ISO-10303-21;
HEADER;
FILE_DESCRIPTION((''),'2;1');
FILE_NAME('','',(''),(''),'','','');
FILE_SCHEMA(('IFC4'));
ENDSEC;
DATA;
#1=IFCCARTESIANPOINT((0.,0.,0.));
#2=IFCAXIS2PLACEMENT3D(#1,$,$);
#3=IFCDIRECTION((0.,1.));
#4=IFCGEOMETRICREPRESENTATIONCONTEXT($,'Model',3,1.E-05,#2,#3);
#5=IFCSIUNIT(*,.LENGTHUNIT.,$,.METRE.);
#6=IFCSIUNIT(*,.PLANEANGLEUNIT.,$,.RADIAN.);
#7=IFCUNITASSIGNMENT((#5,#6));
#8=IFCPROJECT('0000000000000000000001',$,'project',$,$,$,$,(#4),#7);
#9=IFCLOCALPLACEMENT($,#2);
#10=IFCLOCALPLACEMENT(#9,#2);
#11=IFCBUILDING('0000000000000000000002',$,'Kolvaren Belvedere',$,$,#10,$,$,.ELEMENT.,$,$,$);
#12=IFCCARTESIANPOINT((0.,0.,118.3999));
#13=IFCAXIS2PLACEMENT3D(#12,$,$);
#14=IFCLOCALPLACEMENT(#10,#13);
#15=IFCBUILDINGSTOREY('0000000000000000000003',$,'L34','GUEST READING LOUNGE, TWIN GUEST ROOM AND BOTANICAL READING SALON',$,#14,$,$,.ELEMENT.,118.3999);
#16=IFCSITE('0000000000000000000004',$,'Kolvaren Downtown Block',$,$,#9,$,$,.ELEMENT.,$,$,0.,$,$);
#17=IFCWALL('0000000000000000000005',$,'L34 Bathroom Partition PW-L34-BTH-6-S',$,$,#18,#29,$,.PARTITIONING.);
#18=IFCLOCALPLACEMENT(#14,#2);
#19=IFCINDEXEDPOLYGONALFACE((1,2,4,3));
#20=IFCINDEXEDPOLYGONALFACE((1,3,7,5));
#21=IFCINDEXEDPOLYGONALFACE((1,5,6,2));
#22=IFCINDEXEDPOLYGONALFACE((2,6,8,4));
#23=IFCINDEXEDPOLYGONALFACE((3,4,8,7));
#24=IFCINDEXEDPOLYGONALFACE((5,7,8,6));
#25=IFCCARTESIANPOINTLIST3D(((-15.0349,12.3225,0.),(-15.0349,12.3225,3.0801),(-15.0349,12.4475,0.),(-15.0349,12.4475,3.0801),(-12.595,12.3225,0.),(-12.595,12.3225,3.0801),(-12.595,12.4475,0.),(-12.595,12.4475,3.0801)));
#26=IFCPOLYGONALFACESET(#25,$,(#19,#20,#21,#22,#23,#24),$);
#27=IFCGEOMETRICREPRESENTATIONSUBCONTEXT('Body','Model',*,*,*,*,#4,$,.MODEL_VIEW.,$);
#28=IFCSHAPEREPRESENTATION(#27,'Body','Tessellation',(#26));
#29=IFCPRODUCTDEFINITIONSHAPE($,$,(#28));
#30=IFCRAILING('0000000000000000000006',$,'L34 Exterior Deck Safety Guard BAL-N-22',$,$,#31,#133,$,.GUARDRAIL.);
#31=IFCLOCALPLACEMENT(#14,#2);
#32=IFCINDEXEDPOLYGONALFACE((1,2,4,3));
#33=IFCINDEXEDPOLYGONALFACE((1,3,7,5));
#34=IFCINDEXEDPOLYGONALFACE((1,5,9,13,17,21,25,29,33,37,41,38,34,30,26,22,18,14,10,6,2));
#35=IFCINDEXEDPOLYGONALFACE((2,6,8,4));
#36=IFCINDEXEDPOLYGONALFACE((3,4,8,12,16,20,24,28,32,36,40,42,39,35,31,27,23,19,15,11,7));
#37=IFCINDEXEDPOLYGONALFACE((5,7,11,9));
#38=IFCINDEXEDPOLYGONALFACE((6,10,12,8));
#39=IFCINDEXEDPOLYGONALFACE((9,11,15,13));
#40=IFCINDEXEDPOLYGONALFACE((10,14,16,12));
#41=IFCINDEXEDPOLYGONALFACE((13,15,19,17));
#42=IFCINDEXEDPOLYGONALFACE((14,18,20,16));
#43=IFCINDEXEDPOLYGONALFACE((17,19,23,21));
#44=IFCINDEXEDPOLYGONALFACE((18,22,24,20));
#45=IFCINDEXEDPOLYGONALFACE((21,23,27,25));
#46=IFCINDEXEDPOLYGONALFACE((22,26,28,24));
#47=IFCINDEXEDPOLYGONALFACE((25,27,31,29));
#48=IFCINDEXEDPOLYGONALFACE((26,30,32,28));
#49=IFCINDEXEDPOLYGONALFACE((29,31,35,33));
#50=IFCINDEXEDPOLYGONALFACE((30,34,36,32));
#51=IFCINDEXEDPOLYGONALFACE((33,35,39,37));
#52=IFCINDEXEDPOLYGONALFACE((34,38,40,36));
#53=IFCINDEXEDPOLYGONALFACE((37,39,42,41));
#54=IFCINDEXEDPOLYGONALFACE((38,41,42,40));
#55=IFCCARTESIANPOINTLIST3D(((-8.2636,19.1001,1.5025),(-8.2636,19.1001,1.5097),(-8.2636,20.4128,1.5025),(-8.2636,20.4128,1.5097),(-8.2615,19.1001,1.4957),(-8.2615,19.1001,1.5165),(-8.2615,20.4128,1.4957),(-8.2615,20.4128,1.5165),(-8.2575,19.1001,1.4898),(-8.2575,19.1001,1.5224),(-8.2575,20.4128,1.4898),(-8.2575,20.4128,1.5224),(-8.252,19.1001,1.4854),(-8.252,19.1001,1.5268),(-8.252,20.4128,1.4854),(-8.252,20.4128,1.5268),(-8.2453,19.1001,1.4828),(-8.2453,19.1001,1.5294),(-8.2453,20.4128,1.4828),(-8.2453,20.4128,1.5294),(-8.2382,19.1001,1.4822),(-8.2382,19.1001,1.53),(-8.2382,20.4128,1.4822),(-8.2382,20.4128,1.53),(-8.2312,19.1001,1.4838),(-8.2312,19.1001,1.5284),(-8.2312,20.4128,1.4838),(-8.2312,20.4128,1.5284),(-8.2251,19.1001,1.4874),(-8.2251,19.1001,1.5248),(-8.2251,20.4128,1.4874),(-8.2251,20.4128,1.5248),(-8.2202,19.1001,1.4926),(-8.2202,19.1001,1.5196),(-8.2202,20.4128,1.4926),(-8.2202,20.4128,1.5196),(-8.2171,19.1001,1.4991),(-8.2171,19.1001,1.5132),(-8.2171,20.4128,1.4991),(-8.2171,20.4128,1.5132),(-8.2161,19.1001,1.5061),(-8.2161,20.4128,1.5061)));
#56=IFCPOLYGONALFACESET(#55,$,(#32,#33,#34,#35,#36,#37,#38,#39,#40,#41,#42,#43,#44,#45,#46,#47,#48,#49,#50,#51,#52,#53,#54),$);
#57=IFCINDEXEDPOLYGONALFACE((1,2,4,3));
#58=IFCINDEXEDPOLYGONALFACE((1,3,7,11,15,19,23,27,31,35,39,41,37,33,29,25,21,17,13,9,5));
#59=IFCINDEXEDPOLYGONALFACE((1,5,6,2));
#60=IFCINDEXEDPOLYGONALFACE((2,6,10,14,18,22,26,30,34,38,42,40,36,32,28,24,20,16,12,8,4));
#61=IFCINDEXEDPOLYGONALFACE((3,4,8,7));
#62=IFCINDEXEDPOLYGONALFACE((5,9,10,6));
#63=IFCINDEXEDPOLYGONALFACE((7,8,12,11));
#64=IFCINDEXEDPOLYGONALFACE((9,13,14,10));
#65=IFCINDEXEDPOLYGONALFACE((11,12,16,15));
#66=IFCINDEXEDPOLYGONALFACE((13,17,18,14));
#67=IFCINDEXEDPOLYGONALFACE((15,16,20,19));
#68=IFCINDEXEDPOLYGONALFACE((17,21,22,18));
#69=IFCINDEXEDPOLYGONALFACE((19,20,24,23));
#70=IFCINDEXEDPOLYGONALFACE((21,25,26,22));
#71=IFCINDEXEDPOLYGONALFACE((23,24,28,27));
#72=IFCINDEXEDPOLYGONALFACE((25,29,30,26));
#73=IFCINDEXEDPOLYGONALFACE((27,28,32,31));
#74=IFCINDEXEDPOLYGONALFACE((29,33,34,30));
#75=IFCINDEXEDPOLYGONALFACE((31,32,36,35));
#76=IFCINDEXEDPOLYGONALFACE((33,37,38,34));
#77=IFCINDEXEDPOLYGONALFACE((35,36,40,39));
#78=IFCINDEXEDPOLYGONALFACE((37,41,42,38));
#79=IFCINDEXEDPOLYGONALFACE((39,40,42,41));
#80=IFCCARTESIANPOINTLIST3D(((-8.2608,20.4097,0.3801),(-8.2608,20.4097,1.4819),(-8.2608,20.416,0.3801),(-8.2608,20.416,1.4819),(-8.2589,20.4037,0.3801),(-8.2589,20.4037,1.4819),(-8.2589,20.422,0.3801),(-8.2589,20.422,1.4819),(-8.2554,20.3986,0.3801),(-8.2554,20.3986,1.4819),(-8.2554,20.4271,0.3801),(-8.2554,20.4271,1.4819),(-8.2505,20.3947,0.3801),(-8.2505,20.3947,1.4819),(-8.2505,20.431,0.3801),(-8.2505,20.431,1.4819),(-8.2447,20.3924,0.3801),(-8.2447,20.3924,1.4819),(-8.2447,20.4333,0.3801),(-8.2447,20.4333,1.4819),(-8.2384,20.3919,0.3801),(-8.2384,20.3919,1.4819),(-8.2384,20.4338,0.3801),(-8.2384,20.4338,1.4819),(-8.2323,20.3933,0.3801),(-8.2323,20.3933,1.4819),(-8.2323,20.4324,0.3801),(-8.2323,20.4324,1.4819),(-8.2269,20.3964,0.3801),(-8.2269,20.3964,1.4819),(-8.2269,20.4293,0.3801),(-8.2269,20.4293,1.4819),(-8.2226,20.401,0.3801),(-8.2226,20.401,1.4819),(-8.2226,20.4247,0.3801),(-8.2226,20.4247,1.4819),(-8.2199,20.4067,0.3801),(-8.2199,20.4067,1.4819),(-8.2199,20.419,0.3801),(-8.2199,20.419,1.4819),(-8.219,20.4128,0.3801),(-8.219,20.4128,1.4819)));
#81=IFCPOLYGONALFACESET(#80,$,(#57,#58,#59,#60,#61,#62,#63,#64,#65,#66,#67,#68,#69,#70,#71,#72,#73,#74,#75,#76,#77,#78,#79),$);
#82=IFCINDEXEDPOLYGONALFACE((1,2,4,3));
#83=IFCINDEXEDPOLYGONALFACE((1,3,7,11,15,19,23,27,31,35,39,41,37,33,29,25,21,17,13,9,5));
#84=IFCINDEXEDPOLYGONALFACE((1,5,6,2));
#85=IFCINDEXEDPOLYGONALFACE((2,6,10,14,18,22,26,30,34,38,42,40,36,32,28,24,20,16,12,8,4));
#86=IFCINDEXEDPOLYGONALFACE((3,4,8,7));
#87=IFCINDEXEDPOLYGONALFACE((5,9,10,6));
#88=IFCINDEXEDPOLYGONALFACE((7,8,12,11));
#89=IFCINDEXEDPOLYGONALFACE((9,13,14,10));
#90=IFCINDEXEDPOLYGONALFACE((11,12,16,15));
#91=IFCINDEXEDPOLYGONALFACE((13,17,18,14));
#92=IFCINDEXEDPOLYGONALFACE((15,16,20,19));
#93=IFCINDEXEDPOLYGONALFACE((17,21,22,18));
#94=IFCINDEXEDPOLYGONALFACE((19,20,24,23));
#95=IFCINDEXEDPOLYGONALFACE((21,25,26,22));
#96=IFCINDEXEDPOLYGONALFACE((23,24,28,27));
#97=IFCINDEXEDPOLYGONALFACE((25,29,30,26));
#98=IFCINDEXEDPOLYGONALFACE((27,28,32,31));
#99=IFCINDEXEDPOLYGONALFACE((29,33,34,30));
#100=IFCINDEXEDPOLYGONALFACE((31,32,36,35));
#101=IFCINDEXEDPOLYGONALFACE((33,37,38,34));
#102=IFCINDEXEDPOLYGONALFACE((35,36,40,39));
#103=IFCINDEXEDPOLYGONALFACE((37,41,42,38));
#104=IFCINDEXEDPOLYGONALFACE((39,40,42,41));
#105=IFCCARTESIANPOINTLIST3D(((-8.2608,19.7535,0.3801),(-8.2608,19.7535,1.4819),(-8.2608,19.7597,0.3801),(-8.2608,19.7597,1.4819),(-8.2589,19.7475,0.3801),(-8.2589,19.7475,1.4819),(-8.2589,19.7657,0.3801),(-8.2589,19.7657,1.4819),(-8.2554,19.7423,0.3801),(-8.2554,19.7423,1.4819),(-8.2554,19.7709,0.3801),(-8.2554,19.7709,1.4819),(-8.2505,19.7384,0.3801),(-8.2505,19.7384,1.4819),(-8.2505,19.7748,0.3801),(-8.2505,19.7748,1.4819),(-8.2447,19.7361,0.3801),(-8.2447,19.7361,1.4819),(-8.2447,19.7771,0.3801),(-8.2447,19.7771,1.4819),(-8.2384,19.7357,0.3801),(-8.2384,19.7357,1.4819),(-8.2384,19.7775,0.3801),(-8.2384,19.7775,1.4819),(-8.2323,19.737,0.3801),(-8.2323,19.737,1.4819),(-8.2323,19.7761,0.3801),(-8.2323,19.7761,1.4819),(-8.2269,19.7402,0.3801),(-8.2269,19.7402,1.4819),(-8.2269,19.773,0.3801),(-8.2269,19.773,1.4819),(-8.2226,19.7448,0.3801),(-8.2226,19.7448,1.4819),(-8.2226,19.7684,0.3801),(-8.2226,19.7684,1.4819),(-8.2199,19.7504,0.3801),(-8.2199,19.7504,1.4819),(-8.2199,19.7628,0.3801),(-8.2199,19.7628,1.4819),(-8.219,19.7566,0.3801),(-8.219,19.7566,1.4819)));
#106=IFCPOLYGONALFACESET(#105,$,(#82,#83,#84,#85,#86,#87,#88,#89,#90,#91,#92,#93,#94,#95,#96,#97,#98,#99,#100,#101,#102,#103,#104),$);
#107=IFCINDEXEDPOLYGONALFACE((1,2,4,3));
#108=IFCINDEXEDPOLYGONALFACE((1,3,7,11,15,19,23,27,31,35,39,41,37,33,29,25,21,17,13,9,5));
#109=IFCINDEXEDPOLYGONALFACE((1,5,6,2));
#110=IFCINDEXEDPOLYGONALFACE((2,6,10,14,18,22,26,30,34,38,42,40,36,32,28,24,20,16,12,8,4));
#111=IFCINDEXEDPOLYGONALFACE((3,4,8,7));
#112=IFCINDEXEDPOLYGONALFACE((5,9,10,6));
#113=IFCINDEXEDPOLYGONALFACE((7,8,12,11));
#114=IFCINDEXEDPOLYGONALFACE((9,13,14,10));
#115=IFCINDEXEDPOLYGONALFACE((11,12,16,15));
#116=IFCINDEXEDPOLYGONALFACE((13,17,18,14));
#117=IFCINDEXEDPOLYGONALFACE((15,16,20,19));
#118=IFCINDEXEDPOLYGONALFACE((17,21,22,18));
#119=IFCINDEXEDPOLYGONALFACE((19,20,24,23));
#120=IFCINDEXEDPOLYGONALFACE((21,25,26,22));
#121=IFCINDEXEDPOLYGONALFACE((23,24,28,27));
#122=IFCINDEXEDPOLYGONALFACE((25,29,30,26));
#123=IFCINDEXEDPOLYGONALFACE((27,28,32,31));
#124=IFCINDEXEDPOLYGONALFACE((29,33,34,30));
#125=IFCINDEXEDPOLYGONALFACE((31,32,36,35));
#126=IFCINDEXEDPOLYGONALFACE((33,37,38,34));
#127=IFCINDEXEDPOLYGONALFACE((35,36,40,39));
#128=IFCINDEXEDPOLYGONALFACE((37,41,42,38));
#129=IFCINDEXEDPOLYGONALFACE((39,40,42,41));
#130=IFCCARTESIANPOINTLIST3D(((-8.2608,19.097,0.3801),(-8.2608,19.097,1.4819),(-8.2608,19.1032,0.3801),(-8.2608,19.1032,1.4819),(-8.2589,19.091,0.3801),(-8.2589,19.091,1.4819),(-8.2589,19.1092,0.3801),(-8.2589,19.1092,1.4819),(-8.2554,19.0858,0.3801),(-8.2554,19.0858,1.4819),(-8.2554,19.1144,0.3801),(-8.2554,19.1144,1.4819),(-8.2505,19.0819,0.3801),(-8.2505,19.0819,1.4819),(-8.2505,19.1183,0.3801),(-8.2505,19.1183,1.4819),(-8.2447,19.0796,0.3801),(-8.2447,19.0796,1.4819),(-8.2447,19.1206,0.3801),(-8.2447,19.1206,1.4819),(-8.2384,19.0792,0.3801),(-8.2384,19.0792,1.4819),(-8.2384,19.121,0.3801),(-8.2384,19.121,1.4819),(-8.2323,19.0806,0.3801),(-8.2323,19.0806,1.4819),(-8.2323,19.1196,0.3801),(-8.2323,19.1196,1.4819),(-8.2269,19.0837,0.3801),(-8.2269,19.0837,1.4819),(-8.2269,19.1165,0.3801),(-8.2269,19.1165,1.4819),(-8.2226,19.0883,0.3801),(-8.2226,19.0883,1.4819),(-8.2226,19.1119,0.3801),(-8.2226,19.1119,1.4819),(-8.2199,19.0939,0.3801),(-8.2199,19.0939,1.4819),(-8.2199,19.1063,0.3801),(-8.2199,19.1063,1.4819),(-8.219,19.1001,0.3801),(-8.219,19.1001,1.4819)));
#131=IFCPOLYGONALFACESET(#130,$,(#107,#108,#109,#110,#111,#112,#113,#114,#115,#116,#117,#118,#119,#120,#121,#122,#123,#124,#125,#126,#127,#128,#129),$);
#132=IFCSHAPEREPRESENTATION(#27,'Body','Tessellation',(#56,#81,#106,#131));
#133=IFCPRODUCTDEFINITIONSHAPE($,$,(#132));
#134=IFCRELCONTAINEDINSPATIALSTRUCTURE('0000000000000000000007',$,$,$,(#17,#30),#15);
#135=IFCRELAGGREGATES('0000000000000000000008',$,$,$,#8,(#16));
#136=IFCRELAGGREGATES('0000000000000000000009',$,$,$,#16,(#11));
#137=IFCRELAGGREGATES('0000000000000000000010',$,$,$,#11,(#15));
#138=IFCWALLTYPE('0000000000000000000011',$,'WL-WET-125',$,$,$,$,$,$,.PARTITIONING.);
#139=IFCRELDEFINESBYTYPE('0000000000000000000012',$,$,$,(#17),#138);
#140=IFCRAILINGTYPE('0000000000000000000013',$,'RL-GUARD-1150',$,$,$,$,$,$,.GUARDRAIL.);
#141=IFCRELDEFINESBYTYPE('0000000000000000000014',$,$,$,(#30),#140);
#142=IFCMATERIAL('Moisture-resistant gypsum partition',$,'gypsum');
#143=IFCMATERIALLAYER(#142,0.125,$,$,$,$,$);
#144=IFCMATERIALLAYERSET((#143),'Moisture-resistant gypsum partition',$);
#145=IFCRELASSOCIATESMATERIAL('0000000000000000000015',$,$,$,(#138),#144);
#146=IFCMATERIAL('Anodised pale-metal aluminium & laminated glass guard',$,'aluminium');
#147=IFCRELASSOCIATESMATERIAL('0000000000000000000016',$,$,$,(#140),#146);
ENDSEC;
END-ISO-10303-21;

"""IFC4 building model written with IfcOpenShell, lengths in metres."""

from ifc_helpers import new_model, si_unit, direction, frame, frame_2d, origin, origin_2d, place, context, subcontext, project, spatial, rectangle, circle, extrude, material, layer, layer_set, type_object, element, save


model = new_model("IFC4")

# Units and contexts
model_context = context("Model", 3, precision=1e-05, world=origin(), true_north=direction((0.0, 1.0)))
body_context = subcontext(model_context, "Body", "Model", "MODEL_VIEW")
ifc_project = project(units=[si_unit("LENGTHUNIT", "METRE"), si_unit("PLANEANGLEUNIT", "RADIAN")], contexts=[model_context])

# Site, building, storey
site_placement = place(None, origin())
site = spatial("IfcSite", under=ifc_project, at=site_placement, Name="Kolvaren Downtown Block", CompositionType="ELEMENT", RefElevation=0.0)
building_placement = place(site_placement, origin())
building = spatial("IfcBuilding", under=site, at=building_placement, Name="Kolvaren Belvedere", CompositionType="ELEMENT")
storey_placement = place(building_placement, frame((0.0, 0.0, 118.3999)))
storey = spatial("IfcBuildingStorey", under=building, at=storey_placement, Name="L34", Description="GUEST READING LOUNGE, TWIN GUEST ROOM AND BOTANICAL READING SALON", CompositionType="ELEMENT", Elevation=118.3999)

# Wall
ifc_material_1 = material(Name="Moisture-resistant gypsum partition", Category="gypsum")
ifc_layer_1 = layer(ifc_material_1, 0.125)
ifc_layer_set_1 = layer_set([ifc_layer_1], Name="Moisture-resistant gypsum partition")
wall_type_1 = type_object("IfcWallType", Name="WL-WET-125", PredefinedType="PARTITIONING", material=ifc_layer_set_1)
wall_1_placement = place(storey_placement, frame((-15.0349, 12.385, 0.0), z_axis=(0.0, 0.0, 1.0), x_axis=(1.0, 0.0, 0.0)))
element("IfcWall", 1, at=wall_1_placement, inside=storey, type_object=wall_type_1, Name="L34 Bathroom Partition PW-L34-BTH-6-S", PredefinedType="PARTITIONING", context=body_context, shape_type="SweptSolid", body=[
    extrude(rectangle(XDim=2.4399, YDim=0.125, at=frame_2d((1.22, 0.0))), origin(), (0.0, 0.0, 1.0), 3.0801),
])

# Railing
ifc_material_2 = material(Name="Anodised pale-metal aluminium & laminated glass guard", Category="aluminium")
railing_type = type_object("IfcRailingType", Name="RL-GUARD-1150", PredefinedType="GUARDRAIL", material=ifc_material_2)
railing_placement = place(storey_placement, frame((-8.24, 20.4128, 0.3801)))
element("IfcRailing", 2, at=railing_placement, inside=storey, type_object=railing_type, Name="L34 Exterior Deck Safety Guard BAL-N-22", PredefinedType="GUARDRAIL", context=body_context, shape_type="SweptSolid", body=[
    extrude(circle(Radius=0.0239, at=origin_2d()), frame((0.0, 0.0, 1.126), z_axis=(0.0, -1.0, 0.0), x_axis=(1.0, 0.0, 0.0)), (0.0, 0.0, 1.0), 1.3127),
    extrude(circle(Radius=0.021, at=origin_2d()), origin(), (0.0, 0.0, 1.0), 1.1018),
    extrude(circle(Radius=0.021, at=origin_2d()), frame((0.0, -0.6562, 0.0)), (0.0, 0.0, 1.0), 1.1018),
    extrude(circle(Radius=0.021, at=origin_2d()), frame((0.0, -1.3127, 0.0)), (0.0, 0.0, 1.0), 1.1018),
])

save(model, "model.ifc")
